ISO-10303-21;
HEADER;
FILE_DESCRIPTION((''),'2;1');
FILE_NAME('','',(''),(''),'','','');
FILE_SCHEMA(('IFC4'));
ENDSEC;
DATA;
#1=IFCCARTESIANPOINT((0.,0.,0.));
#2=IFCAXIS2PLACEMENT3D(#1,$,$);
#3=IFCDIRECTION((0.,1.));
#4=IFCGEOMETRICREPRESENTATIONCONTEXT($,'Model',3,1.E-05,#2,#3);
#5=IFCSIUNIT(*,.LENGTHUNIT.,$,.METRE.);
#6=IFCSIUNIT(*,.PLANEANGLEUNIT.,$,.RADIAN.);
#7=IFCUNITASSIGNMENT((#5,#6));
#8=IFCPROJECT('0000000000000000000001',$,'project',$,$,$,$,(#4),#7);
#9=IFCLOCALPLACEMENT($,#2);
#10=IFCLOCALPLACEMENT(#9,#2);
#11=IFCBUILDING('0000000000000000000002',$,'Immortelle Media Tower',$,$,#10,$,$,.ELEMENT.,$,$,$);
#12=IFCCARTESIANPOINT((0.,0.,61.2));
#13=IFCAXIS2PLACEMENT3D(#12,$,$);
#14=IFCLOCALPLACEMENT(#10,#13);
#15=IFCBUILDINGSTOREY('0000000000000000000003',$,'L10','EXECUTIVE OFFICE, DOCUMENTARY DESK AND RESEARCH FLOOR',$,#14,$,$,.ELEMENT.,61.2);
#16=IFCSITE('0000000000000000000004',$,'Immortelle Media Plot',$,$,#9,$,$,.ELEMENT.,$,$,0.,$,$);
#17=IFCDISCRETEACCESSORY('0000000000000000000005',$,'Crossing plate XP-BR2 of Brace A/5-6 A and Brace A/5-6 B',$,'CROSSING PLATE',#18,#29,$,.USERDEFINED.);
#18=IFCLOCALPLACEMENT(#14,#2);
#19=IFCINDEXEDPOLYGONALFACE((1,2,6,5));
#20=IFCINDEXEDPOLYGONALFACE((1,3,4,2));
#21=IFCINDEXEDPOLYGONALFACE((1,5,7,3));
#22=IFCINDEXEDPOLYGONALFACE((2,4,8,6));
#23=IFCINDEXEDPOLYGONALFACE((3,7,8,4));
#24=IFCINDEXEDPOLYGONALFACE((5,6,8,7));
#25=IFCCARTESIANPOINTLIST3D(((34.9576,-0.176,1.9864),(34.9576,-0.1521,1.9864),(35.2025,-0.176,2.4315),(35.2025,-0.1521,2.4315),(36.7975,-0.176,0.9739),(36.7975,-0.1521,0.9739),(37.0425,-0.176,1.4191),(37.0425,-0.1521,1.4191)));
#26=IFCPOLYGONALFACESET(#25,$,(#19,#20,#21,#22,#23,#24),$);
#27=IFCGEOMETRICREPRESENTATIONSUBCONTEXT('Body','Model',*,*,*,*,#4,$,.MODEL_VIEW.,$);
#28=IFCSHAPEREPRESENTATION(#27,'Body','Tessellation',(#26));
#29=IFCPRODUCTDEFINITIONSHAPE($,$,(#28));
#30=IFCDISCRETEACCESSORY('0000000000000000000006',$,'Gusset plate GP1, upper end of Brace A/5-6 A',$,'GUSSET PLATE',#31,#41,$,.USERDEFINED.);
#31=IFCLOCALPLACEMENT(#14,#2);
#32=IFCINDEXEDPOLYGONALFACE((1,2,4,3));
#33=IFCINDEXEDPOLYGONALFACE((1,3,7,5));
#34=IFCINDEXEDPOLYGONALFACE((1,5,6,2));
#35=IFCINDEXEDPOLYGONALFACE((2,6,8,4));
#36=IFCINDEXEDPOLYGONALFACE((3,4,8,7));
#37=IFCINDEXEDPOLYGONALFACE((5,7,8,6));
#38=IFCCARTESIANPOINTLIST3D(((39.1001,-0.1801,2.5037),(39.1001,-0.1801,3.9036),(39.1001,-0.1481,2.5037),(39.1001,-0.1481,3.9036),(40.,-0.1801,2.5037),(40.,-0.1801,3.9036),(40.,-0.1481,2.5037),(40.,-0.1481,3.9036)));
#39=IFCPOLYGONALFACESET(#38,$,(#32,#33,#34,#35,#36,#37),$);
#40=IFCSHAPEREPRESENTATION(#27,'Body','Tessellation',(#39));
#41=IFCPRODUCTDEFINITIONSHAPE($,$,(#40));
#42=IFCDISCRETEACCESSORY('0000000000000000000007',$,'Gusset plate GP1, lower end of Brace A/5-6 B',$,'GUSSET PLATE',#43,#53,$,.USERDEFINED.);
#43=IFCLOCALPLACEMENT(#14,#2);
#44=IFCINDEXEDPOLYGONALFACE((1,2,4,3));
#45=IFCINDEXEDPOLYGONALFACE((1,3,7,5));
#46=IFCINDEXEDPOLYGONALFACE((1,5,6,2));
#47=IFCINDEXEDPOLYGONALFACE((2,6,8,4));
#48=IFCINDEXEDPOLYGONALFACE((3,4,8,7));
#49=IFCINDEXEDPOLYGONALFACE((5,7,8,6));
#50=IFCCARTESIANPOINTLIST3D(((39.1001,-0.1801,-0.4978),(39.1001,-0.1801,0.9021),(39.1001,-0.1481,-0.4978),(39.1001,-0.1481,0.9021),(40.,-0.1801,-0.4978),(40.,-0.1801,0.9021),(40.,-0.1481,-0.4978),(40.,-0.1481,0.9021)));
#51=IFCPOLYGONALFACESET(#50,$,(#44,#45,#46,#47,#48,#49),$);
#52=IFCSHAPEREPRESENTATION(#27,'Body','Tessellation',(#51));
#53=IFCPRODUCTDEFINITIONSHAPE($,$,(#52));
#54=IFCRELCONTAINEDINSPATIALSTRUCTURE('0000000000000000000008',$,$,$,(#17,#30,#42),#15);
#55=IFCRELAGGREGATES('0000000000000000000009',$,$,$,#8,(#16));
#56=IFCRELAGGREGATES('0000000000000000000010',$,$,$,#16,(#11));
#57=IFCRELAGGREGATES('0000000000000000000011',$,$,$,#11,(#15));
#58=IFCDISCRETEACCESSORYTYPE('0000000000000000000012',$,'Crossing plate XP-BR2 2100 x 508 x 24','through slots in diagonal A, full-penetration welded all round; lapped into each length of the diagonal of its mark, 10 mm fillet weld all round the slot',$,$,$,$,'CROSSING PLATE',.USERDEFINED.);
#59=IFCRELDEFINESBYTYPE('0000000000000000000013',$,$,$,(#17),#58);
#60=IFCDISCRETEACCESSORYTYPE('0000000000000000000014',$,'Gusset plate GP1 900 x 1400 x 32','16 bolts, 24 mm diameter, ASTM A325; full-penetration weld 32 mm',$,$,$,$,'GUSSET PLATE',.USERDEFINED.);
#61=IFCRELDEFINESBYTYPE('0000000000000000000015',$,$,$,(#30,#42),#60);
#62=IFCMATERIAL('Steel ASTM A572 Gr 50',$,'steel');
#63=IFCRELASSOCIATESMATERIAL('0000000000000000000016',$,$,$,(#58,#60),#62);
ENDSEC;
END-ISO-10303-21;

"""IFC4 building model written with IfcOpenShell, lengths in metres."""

from ifc_helpers import new_model, si_unit, direction, frame, origin, origin_2d, place, context, subcontext, project, spatial, rectangle, extrude, material, material_profile, profile_set, type_object, element, save


model = new_model("IFC4")

# Units and contexts
model_context = context("Model", 3, precision=1e-05, world=origin(), true_north=direction((0.0, 1.0)))
body_context = subcontext(model_context, "Body", "Model", "MODEL_VIEW")
ifc_project = project(units=[si_unit("LENGTHUNIT", "METRE"), si_unit("PLANEANGLEUNIT", "RADIAN")], contexts=[model_context])

# Site, building, storey
site_placement = place(None, origin())
site = spatial("IfcSite", under=ifc_project, at=site_placement, Name="Immortelle Media Plot", CompositionType="ELEMENT", RefElevation=0.0)
building_placement = place(site_placement, origin())
building = spatial("IfcBuilding", under=site, at=building_placement, Name="Immortelle Media Tower", CompositionType="ELEMENT")
storey_placement = place(building_placement, frame((0.0, 0.0, 61.2)))
storey = spatial("IfcBuildingStorey", under=building, at=storey_placement, Name="L10", Description="EXECUTIVE OFFICE, DOCUMENTARY DESK AND RESEARCH FLOOR", CompositionType="ELEMENT", Elevation=61.2)

# Discrete accessories
ifc_material_1 = material(Name="Steel ASTM A572 Gr 50", Category="steel")
ifc_material_profile_1 = material_profile(ifc_material_1, rectangle(XDim=0.0239, YDim=0.5081, at=origin_2d()), Name="PL 24 x 508")
ifc_profile_set_1 = profile_set([ifc_material_profile_1], Name="Steel ASTM A572 Gr 50")
discrete_accessory_type_1 = type_object("IfcDiscreteAccessoryType", Name="Crossing plate XP-BR2 2100 x 508 x 24", Description="through slots in diagonal A, full-penetration welded all round; lapped into each length of the diagonal of its mark, 10 mm fillet weld all round the slot", ElementType="CROSSING PLATE", PredefinedType="USERDEFINED", material=ifc_profile_set_1)
discrete_accessory_placement = place(storey_placement, frame((35.0801, -0.1641, 2.209), z_axis=(0.876108, 0.0, -0.482115), x_axis=(0.0, 1.0, 0.0)))
element("IfcDiscreteAccessory", 1, at=discrete_accessory_placement, inside=storey, type_object=discrete_accessory_type_1, Name="Crossing plate XP-BR2 of Brace A/5-6 A and Brace A/5-6 B", ObjectType="CROSSING PLATE", PredefinedType="USERDEFINED", context=body_context, shape_type="SweptSolid", body=[
    extrude(rectangle(XDim=0.0239, YDim=0.5081, at=origin_2d()), origin(), (0.0, 0.0, 1.0), 2.1001),
])
ifc_material_profile_2 = material_profile(ifc_material_1, rectangle(XDim=0.032, YDim=1.3999, at=origin_2d()), Name="PL 32 x 1400")
ifc_profile_set_2 = profile_set([ifc_material_profile_2], Name="Steel ASTM A572 Gr 50")
discrete_accessory_type_2 = type_object("IfcDiscreteAccessoryType", Name="Gusset plate GP1 900 x 1400 x 32", Description="16 bolts, 24 mm diameter, ASTM A325; full-penetration weld 32 mm", ElementType="GUSSET PLATE", PredefinedType="USERDEFINED", material=ifc_profile_set_2)
for number, where, z_axis, x_axis, name in (
    (2, (40.0, -0.1641, 3.2036), (-1.0, 0.0, 0.0), (0.0, -1.0, 0.0), "Gusset plate GP1, upper end of Brace A/5-6 A"),
    (3, (40.0, -0.1641, 0.2021), (-1.0, 0.0, 0.0), (0.0, -1.0, 0.0), "Gusset plate GP1, lower end of Brace A/5-6 B"),
):
    element("IfcDiscreteAccessory", number, at=place(storey_placement, frame(where, z_axis=z_axis, x_axis=x_axis)), inside=storey, type_object=discrete_accessory_type_2, Name=name, ObjectType="GUSSET PLATE", PredefinedType="USERDEFINED", context=body_context, shape_type="SweptSolid", body=[
        extrude(rectangle(XDim=0.032, YDim=1.3999, at=origin_2d()), origin(), (0.0, 0.0, 1.0), 0.8999),
    ])

save(model, "model.ifc")
